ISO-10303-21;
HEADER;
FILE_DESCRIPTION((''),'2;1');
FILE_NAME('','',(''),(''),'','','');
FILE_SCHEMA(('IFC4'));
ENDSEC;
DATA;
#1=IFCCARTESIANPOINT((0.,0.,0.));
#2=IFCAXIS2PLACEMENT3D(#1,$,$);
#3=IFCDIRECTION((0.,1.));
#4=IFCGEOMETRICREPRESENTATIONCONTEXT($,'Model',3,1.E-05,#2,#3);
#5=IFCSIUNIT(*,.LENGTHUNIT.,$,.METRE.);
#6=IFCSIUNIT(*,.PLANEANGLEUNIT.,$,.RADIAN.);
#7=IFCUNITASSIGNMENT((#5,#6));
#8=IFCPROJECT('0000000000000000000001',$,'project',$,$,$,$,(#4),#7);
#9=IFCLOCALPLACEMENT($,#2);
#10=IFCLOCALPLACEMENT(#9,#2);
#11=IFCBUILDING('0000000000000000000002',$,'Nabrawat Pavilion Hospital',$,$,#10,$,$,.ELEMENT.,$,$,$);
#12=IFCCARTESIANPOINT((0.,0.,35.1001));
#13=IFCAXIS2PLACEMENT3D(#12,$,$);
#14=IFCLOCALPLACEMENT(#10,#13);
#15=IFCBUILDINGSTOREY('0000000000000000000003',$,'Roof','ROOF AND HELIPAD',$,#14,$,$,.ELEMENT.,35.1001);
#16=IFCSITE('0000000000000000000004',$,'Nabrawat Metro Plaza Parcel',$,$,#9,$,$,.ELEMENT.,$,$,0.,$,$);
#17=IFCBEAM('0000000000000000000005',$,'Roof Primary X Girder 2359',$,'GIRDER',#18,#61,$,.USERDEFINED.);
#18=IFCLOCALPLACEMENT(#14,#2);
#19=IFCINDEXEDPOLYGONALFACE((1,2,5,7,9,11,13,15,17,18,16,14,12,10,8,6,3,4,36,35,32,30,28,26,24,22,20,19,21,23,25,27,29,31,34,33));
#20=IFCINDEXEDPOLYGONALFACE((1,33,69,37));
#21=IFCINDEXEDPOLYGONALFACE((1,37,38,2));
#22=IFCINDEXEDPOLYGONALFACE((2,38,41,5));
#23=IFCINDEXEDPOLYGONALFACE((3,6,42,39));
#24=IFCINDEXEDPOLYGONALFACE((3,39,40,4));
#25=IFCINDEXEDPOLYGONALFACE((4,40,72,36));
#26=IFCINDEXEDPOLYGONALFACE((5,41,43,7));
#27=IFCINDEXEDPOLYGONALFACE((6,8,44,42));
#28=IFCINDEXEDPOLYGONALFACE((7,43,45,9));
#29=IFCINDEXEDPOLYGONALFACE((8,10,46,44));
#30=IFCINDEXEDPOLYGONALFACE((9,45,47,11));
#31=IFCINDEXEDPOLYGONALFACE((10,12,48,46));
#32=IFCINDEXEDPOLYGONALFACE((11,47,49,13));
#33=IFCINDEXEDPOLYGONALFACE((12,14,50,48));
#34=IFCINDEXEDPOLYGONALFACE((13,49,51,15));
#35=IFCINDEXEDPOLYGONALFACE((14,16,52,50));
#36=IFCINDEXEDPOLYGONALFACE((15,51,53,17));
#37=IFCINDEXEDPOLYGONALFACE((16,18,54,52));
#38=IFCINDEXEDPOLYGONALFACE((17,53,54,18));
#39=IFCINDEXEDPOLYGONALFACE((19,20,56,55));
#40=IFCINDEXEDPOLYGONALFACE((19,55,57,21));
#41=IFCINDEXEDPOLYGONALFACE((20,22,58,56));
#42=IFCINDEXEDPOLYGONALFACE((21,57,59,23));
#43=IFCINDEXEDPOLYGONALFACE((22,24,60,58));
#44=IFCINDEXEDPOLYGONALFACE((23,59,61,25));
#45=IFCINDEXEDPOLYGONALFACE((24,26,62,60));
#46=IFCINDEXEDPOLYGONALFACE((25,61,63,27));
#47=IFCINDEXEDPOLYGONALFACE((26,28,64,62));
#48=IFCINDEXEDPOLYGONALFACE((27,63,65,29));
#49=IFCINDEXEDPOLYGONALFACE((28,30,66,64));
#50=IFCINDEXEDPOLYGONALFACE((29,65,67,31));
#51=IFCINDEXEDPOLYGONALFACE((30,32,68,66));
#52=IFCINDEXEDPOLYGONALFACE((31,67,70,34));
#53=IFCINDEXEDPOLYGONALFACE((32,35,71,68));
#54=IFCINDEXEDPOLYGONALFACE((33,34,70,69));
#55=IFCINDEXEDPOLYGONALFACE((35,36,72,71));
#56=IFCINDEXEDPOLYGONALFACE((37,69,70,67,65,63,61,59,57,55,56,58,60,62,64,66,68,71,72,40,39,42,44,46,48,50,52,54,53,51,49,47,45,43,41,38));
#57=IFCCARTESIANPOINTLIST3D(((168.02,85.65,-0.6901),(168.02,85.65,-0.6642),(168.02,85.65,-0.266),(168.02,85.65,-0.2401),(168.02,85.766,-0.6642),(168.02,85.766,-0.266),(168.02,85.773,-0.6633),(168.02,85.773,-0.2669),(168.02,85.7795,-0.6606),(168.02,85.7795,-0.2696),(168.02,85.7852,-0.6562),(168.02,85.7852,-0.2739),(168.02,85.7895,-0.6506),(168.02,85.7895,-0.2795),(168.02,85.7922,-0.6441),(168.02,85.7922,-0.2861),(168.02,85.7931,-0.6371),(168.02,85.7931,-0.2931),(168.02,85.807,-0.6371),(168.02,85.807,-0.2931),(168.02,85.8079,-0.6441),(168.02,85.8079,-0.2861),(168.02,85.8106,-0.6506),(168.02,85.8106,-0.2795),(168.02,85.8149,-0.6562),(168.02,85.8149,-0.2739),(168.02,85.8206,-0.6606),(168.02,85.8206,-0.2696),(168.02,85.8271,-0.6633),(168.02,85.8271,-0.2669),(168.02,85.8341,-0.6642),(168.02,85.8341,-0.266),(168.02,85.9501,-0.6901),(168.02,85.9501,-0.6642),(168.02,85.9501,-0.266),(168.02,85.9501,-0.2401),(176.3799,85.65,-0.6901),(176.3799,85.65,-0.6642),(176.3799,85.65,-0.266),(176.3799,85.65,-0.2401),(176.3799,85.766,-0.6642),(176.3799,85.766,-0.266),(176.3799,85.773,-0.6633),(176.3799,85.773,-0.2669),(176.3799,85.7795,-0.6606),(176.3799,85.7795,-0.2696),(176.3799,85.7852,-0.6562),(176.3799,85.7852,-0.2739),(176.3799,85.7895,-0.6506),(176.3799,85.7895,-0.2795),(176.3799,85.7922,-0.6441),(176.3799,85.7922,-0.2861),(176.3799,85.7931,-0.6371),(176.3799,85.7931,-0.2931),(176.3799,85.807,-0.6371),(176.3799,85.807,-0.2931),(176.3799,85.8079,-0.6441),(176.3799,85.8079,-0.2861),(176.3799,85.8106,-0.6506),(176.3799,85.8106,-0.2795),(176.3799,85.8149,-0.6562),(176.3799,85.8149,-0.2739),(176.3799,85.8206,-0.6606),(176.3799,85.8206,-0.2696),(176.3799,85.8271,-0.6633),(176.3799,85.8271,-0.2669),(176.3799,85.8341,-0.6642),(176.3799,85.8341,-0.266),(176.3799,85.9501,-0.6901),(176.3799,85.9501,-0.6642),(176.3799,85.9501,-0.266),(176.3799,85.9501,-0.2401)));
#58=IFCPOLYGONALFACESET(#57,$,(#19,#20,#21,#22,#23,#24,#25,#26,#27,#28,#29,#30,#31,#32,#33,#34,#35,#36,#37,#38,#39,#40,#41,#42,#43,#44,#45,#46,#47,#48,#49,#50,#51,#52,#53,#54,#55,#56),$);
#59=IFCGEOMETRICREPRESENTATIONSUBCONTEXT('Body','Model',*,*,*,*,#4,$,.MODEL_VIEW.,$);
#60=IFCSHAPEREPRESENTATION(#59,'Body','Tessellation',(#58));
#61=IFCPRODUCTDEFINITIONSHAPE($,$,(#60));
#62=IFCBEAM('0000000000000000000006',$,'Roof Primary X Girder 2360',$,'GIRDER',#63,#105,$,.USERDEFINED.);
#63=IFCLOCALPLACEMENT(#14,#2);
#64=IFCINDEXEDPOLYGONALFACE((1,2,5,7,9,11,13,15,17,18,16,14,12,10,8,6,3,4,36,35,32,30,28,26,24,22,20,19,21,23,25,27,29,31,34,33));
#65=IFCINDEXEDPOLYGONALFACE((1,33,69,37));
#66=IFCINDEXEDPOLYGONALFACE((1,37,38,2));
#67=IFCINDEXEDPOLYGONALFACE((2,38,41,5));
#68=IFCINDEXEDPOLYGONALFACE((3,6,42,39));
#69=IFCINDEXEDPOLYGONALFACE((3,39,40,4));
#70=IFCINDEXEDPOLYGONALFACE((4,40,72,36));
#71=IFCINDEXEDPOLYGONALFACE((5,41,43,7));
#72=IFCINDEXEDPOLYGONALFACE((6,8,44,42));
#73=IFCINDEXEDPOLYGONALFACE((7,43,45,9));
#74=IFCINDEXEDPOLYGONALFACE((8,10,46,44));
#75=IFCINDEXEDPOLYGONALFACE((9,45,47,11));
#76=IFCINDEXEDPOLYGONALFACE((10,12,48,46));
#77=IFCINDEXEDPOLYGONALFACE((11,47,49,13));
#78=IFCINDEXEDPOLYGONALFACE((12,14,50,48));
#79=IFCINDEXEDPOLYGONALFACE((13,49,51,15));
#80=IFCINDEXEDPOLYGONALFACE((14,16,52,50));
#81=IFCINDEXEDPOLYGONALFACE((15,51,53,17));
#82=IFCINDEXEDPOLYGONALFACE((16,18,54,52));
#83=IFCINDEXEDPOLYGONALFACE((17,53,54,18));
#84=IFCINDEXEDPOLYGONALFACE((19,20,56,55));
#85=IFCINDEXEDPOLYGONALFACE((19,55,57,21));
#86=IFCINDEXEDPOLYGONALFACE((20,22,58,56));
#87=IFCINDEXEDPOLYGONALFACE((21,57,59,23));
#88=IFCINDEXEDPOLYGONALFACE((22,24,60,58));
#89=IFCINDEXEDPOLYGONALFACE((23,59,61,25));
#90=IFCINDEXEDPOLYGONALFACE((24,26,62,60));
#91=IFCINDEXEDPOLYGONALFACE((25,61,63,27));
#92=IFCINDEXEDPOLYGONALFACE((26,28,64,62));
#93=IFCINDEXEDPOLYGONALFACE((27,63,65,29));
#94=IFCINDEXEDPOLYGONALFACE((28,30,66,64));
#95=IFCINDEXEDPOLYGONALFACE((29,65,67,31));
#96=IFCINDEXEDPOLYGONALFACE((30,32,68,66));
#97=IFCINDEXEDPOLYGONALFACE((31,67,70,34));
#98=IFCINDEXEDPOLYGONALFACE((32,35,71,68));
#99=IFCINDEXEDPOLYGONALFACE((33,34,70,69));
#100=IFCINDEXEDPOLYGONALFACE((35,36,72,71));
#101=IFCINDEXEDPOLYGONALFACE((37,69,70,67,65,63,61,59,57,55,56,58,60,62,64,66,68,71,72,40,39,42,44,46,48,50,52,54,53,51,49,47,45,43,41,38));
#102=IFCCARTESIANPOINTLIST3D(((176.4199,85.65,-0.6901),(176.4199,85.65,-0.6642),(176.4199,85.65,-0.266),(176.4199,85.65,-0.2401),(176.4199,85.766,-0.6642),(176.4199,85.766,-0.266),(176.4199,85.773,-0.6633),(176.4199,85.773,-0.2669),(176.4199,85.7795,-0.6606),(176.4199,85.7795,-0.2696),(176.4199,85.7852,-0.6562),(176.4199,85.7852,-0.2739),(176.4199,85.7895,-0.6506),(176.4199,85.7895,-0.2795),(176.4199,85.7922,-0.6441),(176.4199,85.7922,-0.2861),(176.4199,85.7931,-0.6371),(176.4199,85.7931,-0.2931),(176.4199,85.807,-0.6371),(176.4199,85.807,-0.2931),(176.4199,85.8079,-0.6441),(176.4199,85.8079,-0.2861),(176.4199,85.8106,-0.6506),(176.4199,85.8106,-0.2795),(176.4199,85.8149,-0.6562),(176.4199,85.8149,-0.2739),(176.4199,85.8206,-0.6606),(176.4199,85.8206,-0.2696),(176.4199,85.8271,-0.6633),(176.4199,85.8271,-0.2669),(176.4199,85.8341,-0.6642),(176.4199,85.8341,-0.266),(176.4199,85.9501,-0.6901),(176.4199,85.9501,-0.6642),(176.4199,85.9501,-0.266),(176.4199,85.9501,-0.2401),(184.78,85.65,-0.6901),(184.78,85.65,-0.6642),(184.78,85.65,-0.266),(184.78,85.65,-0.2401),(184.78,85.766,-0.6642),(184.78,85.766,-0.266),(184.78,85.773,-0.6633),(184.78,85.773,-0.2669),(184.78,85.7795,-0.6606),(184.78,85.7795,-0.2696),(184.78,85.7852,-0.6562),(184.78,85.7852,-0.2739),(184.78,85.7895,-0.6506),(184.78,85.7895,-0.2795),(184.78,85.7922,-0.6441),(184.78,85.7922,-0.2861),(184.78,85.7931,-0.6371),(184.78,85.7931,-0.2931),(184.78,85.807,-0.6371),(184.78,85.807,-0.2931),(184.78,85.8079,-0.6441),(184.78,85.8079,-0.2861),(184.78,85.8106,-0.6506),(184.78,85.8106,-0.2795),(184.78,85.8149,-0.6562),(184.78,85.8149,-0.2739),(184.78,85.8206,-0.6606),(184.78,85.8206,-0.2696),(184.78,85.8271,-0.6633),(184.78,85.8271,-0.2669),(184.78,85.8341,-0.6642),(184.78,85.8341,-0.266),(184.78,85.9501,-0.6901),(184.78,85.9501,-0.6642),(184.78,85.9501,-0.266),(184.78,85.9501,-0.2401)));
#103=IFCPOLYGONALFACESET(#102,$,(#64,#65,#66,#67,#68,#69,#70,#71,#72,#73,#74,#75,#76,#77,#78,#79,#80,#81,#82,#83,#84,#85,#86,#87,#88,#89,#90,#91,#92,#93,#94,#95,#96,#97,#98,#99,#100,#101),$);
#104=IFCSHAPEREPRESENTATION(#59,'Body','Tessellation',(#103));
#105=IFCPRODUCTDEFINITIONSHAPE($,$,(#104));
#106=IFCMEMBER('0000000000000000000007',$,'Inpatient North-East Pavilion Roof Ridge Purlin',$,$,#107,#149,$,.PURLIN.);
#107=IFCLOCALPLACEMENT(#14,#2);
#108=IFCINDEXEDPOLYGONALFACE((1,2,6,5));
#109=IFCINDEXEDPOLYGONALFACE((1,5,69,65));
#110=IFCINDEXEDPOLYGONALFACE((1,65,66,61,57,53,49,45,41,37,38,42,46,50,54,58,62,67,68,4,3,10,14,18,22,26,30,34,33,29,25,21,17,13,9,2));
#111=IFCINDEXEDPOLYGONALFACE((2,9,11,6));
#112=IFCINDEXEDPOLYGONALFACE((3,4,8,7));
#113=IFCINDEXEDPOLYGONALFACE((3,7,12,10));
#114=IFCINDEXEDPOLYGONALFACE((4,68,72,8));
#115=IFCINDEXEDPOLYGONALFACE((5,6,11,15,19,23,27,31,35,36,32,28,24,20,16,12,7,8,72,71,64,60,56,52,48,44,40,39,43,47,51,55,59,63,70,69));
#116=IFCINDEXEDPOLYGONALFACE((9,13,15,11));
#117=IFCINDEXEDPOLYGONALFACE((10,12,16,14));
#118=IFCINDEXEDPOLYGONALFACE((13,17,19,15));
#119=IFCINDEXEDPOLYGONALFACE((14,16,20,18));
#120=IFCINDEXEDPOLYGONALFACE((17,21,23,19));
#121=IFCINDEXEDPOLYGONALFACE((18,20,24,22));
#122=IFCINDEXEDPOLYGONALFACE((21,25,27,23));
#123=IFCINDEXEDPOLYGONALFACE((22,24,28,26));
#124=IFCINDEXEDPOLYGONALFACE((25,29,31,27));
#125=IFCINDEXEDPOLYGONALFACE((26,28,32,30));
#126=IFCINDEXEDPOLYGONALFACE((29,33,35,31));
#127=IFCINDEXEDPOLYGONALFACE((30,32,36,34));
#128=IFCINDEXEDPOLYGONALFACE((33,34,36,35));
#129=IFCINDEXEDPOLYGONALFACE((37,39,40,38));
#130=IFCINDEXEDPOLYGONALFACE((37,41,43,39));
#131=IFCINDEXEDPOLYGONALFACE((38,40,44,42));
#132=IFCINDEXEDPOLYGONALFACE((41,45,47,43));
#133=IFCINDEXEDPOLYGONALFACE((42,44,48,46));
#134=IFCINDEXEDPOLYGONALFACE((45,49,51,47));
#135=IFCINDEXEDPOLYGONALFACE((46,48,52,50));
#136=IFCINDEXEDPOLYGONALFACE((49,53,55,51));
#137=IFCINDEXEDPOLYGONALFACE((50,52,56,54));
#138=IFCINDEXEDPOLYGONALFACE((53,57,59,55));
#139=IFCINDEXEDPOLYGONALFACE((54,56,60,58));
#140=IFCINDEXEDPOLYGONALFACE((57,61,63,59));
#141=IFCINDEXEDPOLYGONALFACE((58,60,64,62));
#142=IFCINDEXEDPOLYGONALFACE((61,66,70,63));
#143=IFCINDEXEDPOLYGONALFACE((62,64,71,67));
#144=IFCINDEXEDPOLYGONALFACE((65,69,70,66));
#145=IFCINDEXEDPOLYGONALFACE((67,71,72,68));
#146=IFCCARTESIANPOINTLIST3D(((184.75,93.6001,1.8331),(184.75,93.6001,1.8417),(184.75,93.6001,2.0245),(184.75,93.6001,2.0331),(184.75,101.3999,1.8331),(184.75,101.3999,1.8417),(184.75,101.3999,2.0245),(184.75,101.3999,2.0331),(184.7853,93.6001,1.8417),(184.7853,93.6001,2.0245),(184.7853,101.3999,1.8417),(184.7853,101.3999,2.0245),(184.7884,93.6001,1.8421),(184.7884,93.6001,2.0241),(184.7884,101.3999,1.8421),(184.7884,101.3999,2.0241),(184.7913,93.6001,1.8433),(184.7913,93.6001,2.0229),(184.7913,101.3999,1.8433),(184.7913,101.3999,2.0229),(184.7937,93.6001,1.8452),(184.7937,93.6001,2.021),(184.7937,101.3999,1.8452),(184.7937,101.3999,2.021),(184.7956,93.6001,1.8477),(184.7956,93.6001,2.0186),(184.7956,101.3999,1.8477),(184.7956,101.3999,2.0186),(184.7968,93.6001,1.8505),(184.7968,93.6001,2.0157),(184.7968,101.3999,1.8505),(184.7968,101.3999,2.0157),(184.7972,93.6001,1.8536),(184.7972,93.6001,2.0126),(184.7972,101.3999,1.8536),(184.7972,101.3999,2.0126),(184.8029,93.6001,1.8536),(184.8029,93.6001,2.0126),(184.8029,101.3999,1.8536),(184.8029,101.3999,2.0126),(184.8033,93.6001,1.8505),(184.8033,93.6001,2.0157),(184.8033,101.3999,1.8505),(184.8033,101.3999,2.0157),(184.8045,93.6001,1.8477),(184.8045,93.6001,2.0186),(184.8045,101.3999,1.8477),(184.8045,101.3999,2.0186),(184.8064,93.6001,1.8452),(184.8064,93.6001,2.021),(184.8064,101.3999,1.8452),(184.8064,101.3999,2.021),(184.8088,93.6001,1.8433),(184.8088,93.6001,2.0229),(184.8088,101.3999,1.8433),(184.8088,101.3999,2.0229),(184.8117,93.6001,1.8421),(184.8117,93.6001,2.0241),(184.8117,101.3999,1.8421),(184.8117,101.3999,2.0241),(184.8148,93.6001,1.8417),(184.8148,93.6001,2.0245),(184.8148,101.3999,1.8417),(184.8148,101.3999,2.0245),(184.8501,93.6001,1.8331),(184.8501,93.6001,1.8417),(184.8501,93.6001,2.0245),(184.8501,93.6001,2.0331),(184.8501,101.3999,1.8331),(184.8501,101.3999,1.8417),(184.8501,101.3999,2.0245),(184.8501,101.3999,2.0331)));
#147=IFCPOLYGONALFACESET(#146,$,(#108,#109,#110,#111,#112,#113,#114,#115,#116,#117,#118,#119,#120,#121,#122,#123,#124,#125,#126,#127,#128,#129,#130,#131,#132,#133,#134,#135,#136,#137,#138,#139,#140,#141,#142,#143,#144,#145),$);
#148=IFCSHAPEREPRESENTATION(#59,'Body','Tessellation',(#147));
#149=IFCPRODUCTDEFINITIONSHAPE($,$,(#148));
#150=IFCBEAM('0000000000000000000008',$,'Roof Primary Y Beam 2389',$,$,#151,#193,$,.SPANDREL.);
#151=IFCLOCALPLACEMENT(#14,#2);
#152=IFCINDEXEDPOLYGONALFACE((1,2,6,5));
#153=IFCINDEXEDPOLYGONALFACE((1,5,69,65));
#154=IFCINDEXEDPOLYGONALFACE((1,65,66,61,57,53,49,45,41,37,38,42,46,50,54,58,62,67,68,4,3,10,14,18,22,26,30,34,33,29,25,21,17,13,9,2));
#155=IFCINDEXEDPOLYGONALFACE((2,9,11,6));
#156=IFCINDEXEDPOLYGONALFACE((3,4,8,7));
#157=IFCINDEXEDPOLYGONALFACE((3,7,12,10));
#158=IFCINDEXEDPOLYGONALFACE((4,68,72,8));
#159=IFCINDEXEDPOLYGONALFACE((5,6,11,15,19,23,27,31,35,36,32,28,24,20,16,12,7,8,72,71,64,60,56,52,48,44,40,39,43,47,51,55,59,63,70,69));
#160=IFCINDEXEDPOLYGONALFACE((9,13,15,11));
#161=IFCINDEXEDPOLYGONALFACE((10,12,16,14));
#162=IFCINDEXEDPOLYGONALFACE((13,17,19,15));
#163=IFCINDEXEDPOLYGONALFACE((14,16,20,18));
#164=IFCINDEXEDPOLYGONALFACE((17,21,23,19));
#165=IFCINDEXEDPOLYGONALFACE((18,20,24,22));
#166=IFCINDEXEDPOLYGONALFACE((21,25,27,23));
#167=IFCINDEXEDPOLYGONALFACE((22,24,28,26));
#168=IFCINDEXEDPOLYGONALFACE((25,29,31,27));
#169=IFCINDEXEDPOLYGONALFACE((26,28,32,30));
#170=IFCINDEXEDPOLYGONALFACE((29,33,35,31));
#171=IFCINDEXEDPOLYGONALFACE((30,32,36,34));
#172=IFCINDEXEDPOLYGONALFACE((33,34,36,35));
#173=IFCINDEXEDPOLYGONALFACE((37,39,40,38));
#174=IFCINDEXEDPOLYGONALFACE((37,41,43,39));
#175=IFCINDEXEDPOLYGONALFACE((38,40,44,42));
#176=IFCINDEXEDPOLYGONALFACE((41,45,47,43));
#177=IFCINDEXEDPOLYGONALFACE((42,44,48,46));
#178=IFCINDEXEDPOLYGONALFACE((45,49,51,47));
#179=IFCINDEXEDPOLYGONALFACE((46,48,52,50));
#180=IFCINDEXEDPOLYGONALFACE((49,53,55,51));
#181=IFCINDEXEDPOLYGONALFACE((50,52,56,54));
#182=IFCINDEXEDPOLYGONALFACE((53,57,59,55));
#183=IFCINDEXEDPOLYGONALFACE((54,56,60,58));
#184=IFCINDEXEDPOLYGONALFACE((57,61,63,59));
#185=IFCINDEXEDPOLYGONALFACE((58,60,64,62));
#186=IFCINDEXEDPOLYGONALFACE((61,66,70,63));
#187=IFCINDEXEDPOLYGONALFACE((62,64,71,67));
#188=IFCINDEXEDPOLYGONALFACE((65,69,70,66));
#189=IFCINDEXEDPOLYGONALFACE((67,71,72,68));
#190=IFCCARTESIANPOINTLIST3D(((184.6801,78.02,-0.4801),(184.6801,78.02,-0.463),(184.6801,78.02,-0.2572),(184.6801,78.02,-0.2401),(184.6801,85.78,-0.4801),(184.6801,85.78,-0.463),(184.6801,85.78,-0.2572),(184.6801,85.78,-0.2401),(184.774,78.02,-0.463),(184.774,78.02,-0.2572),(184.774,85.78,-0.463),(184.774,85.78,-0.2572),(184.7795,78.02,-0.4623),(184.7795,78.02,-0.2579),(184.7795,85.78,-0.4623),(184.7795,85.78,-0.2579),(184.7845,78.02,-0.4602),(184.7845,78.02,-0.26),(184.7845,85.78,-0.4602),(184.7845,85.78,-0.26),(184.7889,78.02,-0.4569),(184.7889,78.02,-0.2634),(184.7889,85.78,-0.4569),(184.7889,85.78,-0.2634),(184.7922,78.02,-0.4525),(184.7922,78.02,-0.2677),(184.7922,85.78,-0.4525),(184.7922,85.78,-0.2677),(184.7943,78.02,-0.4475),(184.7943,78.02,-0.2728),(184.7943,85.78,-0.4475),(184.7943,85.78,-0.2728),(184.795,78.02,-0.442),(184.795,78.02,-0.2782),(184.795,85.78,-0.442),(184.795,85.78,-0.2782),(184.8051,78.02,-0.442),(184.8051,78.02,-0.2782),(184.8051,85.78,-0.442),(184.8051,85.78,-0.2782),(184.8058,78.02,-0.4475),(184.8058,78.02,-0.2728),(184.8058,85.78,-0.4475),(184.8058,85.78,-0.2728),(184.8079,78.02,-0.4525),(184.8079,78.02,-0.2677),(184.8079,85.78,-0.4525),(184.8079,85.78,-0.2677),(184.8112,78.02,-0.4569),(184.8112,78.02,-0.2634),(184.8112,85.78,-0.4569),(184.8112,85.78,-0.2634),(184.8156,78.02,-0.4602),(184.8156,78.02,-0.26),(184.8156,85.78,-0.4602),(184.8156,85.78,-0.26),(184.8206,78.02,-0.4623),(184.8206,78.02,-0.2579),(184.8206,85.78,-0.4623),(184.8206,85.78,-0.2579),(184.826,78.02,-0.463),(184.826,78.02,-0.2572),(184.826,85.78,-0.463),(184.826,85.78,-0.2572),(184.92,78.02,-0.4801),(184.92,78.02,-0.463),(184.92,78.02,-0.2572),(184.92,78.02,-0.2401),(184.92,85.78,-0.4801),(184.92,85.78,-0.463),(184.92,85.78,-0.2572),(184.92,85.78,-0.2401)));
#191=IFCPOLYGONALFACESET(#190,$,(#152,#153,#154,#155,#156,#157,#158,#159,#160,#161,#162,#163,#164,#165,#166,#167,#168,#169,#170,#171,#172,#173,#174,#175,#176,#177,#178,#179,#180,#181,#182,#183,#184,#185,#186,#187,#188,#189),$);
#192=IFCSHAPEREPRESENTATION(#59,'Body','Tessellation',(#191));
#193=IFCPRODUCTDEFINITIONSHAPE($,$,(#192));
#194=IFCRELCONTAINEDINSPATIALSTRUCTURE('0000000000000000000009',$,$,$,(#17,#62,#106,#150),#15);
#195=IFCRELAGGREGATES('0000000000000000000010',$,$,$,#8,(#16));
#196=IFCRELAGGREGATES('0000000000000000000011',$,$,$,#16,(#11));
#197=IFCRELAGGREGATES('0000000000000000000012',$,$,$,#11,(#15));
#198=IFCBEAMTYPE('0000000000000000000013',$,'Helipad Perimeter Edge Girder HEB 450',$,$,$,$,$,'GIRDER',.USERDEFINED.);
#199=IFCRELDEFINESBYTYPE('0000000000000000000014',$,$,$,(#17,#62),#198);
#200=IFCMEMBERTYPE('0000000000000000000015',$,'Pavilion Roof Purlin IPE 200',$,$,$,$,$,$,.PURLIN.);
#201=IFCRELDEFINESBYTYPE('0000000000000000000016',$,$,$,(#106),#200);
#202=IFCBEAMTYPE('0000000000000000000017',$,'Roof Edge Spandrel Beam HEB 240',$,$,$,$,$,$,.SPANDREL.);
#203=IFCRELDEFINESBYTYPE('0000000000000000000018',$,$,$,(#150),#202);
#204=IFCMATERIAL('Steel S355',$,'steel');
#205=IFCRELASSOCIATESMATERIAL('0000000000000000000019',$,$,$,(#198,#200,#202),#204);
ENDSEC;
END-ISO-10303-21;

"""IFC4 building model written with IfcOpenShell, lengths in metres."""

from ifc_helpers import new_model, si_unit, direction, frame, origin, origin_2d, place, context, subcontext, project, spatial, i_section, extrude, material, material_profile, profile_set, type_object, element, save


model = new_model("IFC4")

# Units and contexts
model_context = context("Model", 3, precision=1e-05, world=origin(), true_north=direction((0.0, 1.0)))
body_context = subcontext(model_context, "Body", "Model", "MODEL_VIEW")
ifc_project = project(units=[si_unit("LENGTHUNIT", "METRE"), si_unit("PLANEANGLEUNIT", "RADIAN")], contexts=[model_context])

# Site, building, storey
site_placement = place(None, origin())
site = spatial("IfcSite", under=ifc_project, at=site_placement, Name="Nabrawat Metro Plaza Parcel", CompositionType="ELEMENT", RefElevation=0.0)
building_placement = place(site_placement, origin())
building = spatial("IfcBuilding", under=site, at=building_placement, Name="Nabrawat Pavilion Hospital", CompositionType="ELEMENT")
storey_placement = place(building_placement, frame((0.0, 0.0, 35.1001)))
storey = spatial("IfcBuildingStorey", under=building, at=storey_placement, Name="Roof", Description="ROOF AND HELIPAD", CompositionType="ELEMENT", Elevation=35.1001)

# Beams
ifc_material_1 = material(Name="Steel S355", Category="steel")
ifc_material_profile_1 = material_profile(ifc_material_1, i_section(OverallWidth=0.3, OverallDepth=0.45, WebThickness=0.0139, FlangeThickness=0.0259, FilletRadius=0.0271, at=origin_2d()), Name="HEB 450")
ifc_profile_set_1 = profile_set([ifc_material_profile_1], Name="Steel S355")
beam_type_1 = type_object("IfcBeamType", Name="Helipad Perimeter Edge Girder HEB 450", ElementType="GIRDER", PredefinedType="USERDEFINED", material=ifc_profile_set_1)
beam_1_placement = place(storey_placement, frame((168.02, 85.8, -0.4651), z_axis=(1.0, 0.0, 0.0), x_axis=(0.0, 1.0, 0.0)))
element("IfcBeam", 1, at=beam_1_placement, inside=storey, type_object=beam_type_1, Name="Roof Primary X Girder 2359", ObjectType="GIRDER", PredefinedType="USERDEFINED", context=body_context, shape_type="SweptSolid", body=[
    extrude(i_section(OverallWidth=0.3, OverallDepth=0.45, WebThickness=0.0139, FlangeThickness=0.0259, FilletRadius=0.0271, at=origin_2d()), origin(), (0.0, 0.0, 1.0), 8.3599),
])
beam_2_placement = place(storey_placement, frame((176.4199, 85.8, -0.4651), z_axis=(1.0, 0.0, 0.0), x_axis=(0.0, 1.0, 0.0)))
element("IfcBeam", 2, at=beam_2_placement, inside=storey, type_object=beam_type_1, Name="Roof Primary X Girder 2360", ObjectType="GIRDER", PredefinedType="USERDEFINED", context=body_context, shape_type="SweptSolid", body=[
    extrude(i_section(OverallWidth=0.3, OverallDepth=0.45, WebThickness=0.0139, FlangeThickness=0.0259, FilletRadius=0.0271, at=origin_2d()), origin(), (0.0, 0.0, 1.0), 8.3601),
])

# Member
ifc_material_profile_2 = material_profile(ifc_material_1, i_section(OverallWidth=0.1001, OverallDepth=0.2, WebThickness=0.0056, FlangeThickness=0.0085, FilletRadius=0.012, at=origin_2d()), Name="IPE 200")
ifc_profile_set_2 = profile_set([ifc_material_profile_2], Name="Steel S355")
member_type_1 = type_object("IfcMemberType", Name="Pavilion Roof Purlin IPE 200", PredefinedType="PURLIN", material=ifc_profile_set_2)
member_1_placement = place(storey_placement, frame((184.8, 93.6001, 1.9331), z_axis=(0.0, 1.0, 0.0), x_axis=(-1.0, 0.0, 0.0)))
element("IfcMember", 3, at=member_1_placement, inside=storey, type_object=member_type_1, Name="Inpatient North-East Pavilion Roof Ridge Purlin", PredefinedType="PURLIN", context=body_context, shape_type="SweptSolid", body=[
    extrude(i_section(OverallWidth=0.1001, OverallDepth=0.2, WebThickness=0.0056, FlangeThickness=0.0085, FilletRadius=0.012, at=origin_2d()), origin(), (0.0, 0.0, 1.0), 7.7998),
])

# Beam
ifc_material_profile_3 = material_profile(ifc_material_1, i_section(OverallWidth=0.24, OverallDepth=0.24, WebThickness=0.01, FlangeThickness=0.0171, FilletRadius=0.021, at=origin_2d()), Name="HEB 240")
ifc_profile_set_3 = profile_set([ifc_material_profile_3], Name="Steel S355")
beam_type_2 = type_object("IfcBeamType", Name="Roof Edge Spandrel Beam HEB 240", PredefinedType="SPANDREL", material=ifc_profile_set_3)
beam_3_placement = place(storey_placement, frame((184.8, 78.02, -0.3601), z_axis=(0.0, 1.0, 0.0), x_axis=(-1.0, 0.0, 0.0)))
element("IfcBeam", 4, at=beam_3_placement, inside=storey, type_object=beam_type_2, Name="Roof Primary Y Beam 2389", PredefinedType="SPANDREL", context=body_context, shape_type="SweptSolid", body=[
    extrude(i_section(OverallWidth=0.24, OverallDepth=0.24, WebThickness=0.01, FlangeThickness=0.0171, FilletRadius=0.021, at=origin_2d()), origin(), (0.0, 0.0, 1.0), 7.76),
])

save(model, "model.ifc")
